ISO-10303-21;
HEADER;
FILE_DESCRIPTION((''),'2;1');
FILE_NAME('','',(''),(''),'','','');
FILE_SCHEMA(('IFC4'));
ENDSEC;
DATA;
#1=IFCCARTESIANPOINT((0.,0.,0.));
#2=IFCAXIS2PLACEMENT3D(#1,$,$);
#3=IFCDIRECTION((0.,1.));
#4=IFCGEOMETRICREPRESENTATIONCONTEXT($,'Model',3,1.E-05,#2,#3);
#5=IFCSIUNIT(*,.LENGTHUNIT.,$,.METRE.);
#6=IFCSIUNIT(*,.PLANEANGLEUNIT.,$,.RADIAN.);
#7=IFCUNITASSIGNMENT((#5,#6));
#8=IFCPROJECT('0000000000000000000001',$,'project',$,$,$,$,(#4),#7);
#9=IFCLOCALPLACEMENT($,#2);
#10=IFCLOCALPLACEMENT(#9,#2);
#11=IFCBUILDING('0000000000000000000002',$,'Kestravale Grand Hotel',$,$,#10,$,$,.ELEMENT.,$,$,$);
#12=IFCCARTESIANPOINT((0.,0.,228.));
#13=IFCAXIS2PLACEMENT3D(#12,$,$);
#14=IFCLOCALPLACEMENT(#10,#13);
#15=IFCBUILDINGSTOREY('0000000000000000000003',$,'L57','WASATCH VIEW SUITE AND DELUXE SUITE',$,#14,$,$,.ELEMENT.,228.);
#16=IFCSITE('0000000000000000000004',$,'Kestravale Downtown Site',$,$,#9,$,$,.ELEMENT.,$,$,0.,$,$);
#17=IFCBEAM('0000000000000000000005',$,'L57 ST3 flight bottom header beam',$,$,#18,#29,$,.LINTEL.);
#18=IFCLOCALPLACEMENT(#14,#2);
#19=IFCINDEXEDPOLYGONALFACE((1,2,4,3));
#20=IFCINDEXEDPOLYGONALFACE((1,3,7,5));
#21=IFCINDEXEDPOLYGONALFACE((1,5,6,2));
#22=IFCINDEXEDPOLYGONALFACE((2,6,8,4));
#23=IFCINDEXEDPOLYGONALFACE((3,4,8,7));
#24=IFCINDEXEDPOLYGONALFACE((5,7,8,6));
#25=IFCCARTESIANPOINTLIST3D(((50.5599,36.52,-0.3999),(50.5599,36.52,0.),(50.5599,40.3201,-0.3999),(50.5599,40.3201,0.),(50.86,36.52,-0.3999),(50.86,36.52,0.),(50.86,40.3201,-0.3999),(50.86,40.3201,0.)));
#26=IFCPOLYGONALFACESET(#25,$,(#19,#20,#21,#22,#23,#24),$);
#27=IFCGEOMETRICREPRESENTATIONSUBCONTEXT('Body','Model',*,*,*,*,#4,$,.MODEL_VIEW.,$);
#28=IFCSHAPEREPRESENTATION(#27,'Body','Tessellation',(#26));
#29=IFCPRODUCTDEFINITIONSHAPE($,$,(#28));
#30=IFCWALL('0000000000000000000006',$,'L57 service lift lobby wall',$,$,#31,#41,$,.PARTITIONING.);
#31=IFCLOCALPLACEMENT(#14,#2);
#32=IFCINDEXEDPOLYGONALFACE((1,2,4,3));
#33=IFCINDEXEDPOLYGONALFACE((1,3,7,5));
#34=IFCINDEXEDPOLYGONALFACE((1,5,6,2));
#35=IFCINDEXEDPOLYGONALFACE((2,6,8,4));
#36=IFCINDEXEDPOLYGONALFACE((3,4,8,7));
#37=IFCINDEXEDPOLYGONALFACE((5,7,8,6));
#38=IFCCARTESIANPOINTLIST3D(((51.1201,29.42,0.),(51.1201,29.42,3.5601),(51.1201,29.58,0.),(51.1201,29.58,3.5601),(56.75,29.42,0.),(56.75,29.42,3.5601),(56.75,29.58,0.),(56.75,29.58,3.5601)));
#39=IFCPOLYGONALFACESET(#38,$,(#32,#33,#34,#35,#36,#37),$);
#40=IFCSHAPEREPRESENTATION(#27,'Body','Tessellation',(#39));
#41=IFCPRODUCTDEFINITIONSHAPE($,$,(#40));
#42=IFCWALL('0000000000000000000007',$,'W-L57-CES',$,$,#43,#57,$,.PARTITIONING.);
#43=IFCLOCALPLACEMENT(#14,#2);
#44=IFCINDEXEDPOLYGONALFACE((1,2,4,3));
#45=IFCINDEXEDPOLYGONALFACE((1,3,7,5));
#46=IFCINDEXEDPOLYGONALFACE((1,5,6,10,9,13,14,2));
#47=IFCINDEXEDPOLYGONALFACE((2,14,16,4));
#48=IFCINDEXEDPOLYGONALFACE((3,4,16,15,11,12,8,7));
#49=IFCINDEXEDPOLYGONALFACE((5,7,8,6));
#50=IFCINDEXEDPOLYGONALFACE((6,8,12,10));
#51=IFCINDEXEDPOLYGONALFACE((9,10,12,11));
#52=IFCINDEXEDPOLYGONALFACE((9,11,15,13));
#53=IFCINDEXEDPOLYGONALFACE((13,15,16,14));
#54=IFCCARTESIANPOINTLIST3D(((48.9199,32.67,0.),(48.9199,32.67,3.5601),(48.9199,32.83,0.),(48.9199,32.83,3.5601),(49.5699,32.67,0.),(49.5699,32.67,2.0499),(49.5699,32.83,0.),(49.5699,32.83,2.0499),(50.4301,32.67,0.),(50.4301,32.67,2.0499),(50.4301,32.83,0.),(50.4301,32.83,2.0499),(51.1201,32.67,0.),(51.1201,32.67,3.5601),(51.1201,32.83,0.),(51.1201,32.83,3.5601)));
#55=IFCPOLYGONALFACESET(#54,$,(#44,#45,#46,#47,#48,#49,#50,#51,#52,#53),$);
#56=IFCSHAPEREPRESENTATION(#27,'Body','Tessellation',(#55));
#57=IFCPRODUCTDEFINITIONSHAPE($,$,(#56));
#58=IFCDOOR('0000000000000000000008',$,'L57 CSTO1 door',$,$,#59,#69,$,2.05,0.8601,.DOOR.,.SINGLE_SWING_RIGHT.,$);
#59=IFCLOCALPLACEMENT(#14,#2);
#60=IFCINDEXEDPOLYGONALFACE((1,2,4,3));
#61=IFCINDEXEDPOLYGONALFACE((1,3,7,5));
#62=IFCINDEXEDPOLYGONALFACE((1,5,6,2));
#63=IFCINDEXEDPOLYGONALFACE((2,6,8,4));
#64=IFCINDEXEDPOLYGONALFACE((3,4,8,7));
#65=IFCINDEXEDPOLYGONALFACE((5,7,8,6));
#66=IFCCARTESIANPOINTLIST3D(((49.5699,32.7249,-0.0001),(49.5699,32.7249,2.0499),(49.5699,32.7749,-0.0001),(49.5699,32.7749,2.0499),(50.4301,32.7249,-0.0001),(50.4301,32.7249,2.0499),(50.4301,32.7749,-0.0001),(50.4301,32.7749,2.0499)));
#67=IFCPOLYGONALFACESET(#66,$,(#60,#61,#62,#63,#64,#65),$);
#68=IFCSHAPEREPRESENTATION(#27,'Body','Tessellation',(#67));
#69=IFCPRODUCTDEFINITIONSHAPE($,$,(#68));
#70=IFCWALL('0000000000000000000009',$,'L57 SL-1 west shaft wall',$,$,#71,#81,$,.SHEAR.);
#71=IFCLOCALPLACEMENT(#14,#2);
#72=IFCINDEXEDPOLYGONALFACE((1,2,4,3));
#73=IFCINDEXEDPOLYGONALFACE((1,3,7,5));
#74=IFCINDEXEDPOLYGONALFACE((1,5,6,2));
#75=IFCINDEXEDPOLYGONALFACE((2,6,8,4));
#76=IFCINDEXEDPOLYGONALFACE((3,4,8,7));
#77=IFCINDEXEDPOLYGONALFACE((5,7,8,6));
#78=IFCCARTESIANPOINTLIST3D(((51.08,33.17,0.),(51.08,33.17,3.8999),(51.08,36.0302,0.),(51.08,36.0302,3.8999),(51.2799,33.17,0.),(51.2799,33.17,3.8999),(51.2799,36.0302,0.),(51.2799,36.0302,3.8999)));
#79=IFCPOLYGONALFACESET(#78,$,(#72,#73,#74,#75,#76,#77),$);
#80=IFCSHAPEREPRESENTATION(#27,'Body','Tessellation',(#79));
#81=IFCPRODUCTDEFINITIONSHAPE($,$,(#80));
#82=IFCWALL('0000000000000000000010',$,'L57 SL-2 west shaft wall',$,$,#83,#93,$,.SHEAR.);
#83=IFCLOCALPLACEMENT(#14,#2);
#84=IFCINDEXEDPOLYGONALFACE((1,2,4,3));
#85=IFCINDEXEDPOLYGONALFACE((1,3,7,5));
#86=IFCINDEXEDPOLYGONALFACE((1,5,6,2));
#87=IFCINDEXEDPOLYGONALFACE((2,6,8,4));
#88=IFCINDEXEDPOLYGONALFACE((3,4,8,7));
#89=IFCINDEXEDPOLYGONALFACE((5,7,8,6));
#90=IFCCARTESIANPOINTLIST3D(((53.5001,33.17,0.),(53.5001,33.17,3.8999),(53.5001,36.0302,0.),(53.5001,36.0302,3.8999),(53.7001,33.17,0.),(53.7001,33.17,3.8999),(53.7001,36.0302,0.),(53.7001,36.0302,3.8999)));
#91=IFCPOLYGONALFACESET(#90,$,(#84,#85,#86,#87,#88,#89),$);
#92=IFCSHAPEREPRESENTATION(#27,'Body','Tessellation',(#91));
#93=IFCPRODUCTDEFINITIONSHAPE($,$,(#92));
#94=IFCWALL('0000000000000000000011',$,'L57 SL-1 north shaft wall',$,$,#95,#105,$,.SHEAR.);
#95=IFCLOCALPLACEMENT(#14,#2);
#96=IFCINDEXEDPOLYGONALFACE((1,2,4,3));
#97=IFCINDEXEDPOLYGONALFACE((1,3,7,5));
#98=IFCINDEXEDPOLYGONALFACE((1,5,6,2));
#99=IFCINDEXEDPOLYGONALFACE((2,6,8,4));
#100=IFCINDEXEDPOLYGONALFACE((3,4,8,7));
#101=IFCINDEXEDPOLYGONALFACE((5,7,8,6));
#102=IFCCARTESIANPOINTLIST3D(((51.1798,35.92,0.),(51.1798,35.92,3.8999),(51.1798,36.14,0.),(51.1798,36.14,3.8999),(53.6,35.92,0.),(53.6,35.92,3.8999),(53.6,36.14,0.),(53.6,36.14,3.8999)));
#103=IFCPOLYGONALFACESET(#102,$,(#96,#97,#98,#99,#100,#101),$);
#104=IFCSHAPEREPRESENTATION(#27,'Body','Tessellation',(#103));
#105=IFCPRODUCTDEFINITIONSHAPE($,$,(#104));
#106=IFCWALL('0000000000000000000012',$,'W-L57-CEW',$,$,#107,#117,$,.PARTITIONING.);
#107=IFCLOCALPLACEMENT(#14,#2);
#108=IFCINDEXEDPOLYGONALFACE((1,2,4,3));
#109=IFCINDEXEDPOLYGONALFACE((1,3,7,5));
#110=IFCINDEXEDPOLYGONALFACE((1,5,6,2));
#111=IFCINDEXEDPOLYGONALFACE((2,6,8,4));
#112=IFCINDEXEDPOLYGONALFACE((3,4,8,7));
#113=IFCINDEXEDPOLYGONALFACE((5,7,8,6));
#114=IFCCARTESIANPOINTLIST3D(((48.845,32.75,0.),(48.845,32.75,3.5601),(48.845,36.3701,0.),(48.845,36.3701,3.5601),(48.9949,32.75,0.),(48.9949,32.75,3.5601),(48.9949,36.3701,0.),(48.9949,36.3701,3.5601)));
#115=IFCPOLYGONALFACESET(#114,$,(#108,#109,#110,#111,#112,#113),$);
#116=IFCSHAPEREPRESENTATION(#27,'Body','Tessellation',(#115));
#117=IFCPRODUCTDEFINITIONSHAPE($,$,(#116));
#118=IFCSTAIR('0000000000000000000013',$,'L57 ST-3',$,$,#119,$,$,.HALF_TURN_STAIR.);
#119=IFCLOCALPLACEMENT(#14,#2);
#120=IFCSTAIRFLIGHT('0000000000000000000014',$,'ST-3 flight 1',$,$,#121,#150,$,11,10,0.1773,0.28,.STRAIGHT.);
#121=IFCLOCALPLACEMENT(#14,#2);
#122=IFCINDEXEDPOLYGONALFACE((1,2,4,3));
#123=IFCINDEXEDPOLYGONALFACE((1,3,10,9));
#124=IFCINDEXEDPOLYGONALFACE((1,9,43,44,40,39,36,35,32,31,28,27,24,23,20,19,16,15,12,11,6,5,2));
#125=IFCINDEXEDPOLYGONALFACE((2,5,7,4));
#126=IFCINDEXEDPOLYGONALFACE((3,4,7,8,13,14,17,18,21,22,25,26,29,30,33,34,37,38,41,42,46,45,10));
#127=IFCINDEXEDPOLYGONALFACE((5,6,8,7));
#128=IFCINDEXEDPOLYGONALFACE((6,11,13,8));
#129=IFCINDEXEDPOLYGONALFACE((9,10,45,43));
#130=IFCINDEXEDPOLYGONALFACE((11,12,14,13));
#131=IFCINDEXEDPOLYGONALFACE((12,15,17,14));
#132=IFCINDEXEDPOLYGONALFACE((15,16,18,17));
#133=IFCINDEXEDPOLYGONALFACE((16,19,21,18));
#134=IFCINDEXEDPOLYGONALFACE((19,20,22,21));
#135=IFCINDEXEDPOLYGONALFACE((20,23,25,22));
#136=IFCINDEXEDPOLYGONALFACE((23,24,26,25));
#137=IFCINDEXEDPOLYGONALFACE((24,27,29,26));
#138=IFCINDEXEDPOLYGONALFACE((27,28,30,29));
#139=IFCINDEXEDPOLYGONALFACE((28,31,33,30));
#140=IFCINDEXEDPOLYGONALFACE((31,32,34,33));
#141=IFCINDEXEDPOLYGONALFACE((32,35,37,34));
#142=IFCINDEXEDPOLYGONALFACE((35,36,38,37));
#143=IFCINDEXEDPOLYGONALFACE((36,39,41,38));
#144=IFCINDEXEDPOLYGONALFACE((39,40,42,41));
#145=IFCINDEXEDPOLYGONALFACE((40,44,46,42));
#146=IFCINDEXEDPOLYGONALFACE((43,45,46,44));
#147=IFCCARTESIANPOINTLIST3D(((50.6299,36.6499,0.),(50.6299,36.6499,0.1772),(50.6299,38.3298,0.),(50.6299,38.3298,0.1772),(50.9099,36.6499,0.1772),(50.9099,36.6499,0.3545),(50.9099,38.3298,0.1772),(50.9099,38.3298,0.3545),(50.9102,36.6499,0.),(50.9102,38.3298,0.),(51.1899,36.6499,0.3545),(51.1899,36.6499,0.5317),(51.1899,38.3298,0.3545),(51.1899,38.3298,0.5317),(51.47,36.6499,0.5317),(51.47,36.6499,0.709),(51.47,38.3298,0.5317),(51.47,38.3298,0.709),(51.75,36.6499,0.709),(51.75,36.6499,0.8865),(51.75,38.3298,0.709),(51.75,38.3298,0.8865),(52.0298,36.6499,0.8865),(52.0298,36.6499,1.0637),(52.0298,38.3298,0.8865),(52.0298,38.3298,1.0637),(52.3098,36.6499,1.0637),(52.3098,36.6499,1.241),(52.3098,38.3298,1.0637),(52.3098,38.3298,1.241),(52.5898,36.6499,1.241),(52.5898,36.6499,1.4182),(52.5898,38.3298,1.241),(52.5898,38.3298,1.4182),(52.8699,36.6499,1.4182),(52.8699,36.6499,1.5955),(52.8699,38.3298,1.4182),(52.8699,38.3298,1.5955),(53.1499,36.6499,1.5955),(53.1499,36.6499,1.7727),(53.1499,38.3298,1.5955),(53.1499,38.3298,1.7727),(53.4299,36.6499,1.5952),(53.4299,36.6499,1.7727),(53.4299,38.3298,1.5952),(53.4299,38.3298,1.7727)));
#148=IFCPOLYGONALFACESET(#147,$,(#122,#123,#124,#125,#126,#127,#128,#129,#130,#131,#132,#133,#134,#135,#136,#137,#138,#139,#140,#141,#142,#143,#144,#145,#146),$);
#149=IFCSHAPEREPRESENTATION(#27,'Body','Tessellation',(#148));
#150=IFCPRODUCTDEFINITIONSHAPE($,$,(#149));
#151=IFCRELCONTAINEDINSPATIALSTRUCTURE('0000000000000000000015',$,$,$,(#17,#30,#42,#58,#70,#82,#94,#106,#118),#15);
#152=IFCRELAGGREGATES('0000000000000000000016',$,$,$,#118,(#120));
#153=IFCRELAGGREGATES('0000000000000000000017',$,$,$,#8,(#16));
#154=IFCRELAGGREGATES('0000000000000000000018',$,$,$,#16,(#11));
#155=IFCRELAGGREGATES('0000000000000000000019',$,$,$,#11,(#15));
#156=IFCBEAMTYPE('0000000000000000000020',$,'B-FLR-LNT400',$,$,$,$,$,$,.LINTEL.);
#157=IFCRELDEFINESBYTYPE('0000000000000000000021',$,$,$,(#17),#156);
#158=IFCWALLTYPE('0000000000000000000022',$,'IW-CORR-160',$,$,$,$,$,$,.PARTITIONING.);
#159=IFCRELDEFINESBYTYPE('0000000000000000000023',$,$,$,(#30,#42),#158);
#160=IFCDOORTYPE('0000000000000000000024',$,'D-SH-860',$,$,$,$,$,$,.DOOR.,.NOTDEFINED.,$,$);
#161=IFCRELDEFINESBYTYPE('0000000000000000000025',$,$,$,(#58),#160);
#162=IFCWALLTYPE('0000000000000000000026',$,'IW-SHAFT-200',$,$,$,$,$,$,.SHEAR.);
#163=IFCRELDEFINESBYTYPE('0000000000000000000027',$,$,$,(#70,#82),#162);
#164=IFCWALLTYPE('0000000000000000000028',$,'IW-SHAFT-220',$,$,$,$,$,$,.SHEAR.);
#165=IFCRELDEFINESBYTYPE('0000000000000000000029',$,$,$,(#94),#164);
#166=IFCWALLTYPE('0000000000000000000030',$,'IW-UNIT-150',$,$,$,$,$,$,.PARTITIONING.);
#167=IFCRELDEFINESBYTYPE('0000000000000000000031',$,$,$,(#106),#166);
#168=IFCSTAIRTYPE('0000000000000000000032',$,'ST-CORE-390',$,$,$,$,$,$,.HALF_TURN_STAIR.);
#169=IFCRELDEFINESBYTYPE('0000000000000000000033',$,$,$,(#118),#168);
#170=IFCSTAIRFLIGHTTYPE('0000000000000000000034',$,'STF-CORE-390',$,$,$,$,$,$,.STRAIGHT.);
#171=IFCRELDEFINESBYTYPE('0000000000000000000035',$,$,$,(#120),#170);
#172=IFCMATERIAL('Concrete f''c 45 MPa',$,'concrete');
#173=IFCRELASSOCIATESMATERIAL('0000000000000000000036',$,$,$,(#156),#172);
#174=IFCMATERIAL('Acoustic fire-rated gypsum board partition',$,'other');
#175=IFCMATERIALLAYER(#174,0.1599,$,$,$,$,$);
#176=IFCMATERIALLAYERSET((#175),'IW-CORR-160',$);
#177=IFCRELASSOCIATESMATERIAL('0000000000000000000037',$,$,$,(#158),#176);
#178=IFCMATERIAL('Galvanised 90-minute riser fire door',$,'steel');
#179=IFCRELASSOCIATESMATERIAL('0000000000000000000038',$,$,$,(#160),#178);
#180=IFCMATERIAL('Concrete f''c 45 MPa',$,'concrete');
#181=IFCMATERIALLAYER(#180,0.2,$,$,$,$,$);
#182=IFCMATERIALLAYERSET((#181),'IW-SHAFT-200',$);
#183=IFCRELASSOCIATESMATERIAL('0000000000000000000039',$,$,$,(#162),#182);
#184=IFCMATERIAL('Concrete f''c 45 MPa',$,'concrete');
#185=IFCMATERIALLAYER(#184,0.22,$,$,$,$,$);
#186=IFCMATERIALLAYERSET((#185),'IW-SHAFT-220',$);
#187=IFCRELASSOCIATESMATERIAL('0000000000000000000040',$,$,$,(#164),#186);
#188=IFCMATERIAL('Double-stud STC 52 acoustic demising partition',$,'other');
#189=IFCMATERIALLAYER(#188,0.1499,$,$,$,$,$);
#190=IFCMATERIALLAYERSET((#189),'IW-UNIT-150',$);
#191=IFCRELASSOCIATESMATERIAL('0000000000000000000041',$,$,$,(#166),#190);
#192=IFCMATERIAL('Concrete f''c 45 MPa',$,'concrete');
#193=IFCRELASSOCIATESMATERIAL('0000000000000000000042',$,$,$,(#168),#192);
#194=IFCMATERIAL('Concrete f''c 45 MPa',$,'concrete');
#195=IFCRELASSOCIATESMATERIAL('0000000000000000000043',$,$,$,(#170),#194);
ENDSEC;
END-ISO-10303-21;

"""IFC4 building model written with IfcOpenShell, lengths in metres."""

from ifc_helpers import new_model, si_unit, direction, frame, frame_2d, origin, origin_2d, place, context, subcontext, project, spatial, polyline, rectangle, outline, extrude, material, layer, layer_set, material_profile, profile_set, type_object, element, fill, aggregate, save


model = new_model("IFC4")

# Units and contexts
model_context = context("Model", 3, precision=1e-05, world=origin(), true_north=direction((0.0, 1.0)))
body_context = subcontext(model_context, "Body", "Model", "MODEL_VIEW")
ifc_project = project(units=[si_unit("LENGTHUNIT", "METRE"), si_unit("PLANEANGLEUNIT", "RADIAN")], contexts=[model_context])

# Site, building, storey
site_placement = place(None, origin())
site = spatial("IfcSite", under=ifc_project, at=site_placement, Name="Kestravale Downtown Site", CompositionType="ELEMENT", RefElevation=0.0)
building_placement = place(site_placement, origin())
building = spatial("IfcBuilding", under=site, at=building_placement, Name="Kestravale Grand Hotel", CompositionType="ELEMENT")
storey_placement = place(building_placement, frame((0.0, 0.0, 228.0)))
storey = spatial("IfcBuildingStorey", under=building, at=storey_placement, Name="L57", Description="WASATCH VIEW SUITE AND DELUXE SUITE", CompositionType="ELEMENT", Elevation=228.0)

# Beam
ifc_material_1 = material(Name="Concrete f'c 45 MPa", Category="concrete")
ifc_material_profile = material_profile(ifc_material_1, rectangle(XDim=0.3, YDim=0.3999, at=origin_2d()))
ifc_profile_set = profile_set([ifc_material_profile], Name="Concrete f'c 45 MPa")
beam_type = type_object("IfcBeamType", Name="B-FLR-LNT400", PredefinedType="LINTEL", material=ifc_profile_set)
beam_placement = place(storey_placement, frame((50.71, 36.52, -0.2), z_axis=(0.0, 1.0, 0.0), x_axis=(-1.0, 0.0, 0.0)))
element("IfcBeam", 1, at=beam_placement, inside=storey, type_object=beam_type, Name="L57 ST3 flight bottom header beam", PredefinedType="LINTEL", context=body_context, shape_type="SweptSolid", body=[
    extrude(rectangle(XDim=0.3, YDim=0.3999, at=origin_2d()), origin(), (0.0, 0.0, 1.0), 3.8),
])

# Shared definitions
ifc_material_2 = material(Name="Acoustic fire-rated gypsum board partition", Category="other")
ifc_layer_1 = layer(ifc_material_2, 0.1599)
ifc_layer_set_1 = layer_set([ifc_layer_1], Name="IW-CORR-160")
wall_type_1 = type_object("IfcWallType", Name="IW-CORR-160", PredefinedType="PARTITIONING", material=ifc_layer_set_1)

# Wall
wall_1_placement = place(storey_placement, frame((51.1201, 29.5, 0.0), z_axis=(0.0, 0.0, 1.0), x_axis=(1.0, 0.0, 0.0)))
element("IfcWall", 2, at=wall_1_placement, inside=storey, type_object=wall_type_1, Name="L57 service lift lobby wall", PredefinedType="PARTITIONING", context=body_context, shape_type="SweptSolid", body=[
    extrude(rectangle(XDim=5.6299, YDim=0.1599, at=frame_2d((2.8149, 0.0))), origin(), (0.0, 0.0, 1.0), 3.5601),
])

# Wall, opening, door
wall_2_placement = place(storey_placement, frame((48.9199, 32.75, 0.0), z_axis=(0.0, 0.0, 1.0), x_axis=(1.0, 0.0, 0.0)))
wall_2 = element("IfcWall", 3, at=wall_2_placement, inside=storey, type_object=wall_type_1, Name="W-L57-CES", PredefinedType="PARTITIONING", context=body_context, shape_type="SweptSolid", body=[
    extrude(rectangle(XDim=2.2002, YDim=0.1599, at=frame_2d((1.1001, 0.0))), origin(), (0.0, 0.0, 1.0), 3.5601),
])
opening_1_placement = place(wall_2_placement, frame((0.6499, 0.0, 0.0)))
opening_1 = element("IfcOpeningElement", 4, at=opening_1_placement, cuts=wall_2, PredefinedType="OPENING", context=body_context, shape_type="SweptSolid", body=[
    extrude(rectangle(XDim=0.8601, YDim=2.05, at=frame_2d((0.4302, 1.0249))), frame((0.0, 0.0898, 0.0), z_axis=(0.0, -1.0, 0.0), x_axis=(1.0, 0.0, 0.0)), (0.0, 0.0, 1.0), 0.1799),
])
ifc_material_3 = material(Name="Galvanised 90-minute riser fire door", Category="steel")
door_type_1 = type_object("IfcDoorType", Name="D-SH-860", OperationType="NOTDEFINED", PredefinedType="DOOR", material=ifc_material_3)
door_1_placement = place(opening_1_placement, origin())
door_1 = element("IfcDoor", 5, at=door_1_placement, inside=storey, type_object=door_type_1, Name="L57 CSTO1 door", OperationType="SINGLE_SWING_RIGHT", OverallHeight=2.05, OverallWidth=0.8601, PredefinedType="DOOR", context=body_context, shape_type="SweptSolid", body=[
    extrude(rectangle(XDim=0.8601, YDim=2.05, at=frame_2d((0.4302, 1.0249))), frame((0.0, 0.0249, 0.0), z_axis=(0.0, -1.0, 0.0), x_axis=(1.0, 0.0, 0.0)), (0.0, 0.0, 1.0), 0.05),
])
fill(opening_1, door_1)

# Walls
ifc_material_4 = material(Name="Concrete f'c 45 MPa", Category="concrete")
ifc_layer_2 = layer(ifc_material_4, 0.2)
ifc_layer_set_2 = layer_set([ifc_layer_2], Name="IW-SHAFT-200")
wall_type_2 = type_object("IfcWallType", Name="IW-SHAFT-200", PredefinedType="SHEAR", material=ifc_layer_set_2)
for number, where, z_axis, x_axis, name in (
    (6, (51.1799, 33.1699, 0.0), (0.0, 0.0, 1.0), (0.0, 1.0, 0.0), "L57 SL-1 west shaft wall"),
    (7, (53.6001, 33.1699, 0.0), (0.0, 0.0, 1.0), (0.0, 1.0, 0.0), "L57 SL-2 west shaft wall"),
):
    element("IfcWall", number, at=place(storey_placement, frame(where, z_axis=z_axis, x_axis=x_axis)), inside=storey, type_object=wall_type_2, Name=name, PredefinedType="SHEAR", context=body_context, shape_type="SweptSolid", body=[
        extrude(rectangle(XDim=2.8601, YDim=0.2, at=frame_2d((1.4302, 0.0))), origin(), (0.0, 0.0, 1.0), 3.8999),
    ])

# Shared definitions
ifc_material_5 = material(Name="Concrete f'c 45 MPa", Category="concrete")
ifc_layer_3 = layer(ifc_material_5, 0.22)
ifc_layer_set_3 = layer_set([ifc_layer_3], Name="IW-SHAFT-220")
wall_type_3 = type_object("IfcWallType", Name="IW-SHAFT-220", PredefinedType="SHEAR", material=ifc_layer_set_3)

# Wall
wall_3_placement = place(storey_placement, frame((51.1799, 36.03, 0.0), z_axis=(0.0, 0.0, 1.0), x_axis=(1.0, 0.0, 0.0)))
element("IfcWall", 8, at=wall_3_placement, inside=storey, type_object=wall_type_3, Name="L57 SL-1 north shaft wall", PredefinedType="SHEAR", context=body_context, shape_type="SweptSolid", body=[
    extrude(rectangle(XDim=2.4202, YDim=0.22, at=frame_2d((1.21, 0.0))), origin(), (0.0, 0.0, 1.0), 3.8999),
])

# Wall
ifc_material_6 = material(Name="Double-stud STC 52 acoustic demising partition", Category="other")
ifc_layer_4 = layer(ifc_material_6, 0.1499)
ifc_layer_set_4 = layer_set([ifc_layer_4], Name="IW-UNIT-150")
wall_type_4 = type_object("IfcWallType", Name="IW-UNIT-150", PredefinedType="PARTITIONING", material=ifc_layer_set_4)
wall_4_placement = place(storey_placement, frame((48.9199, 32.75, 0.0), z_axis=(0.0, 0.0, 1.0), x_axis=(0.0, 1.0, 0.0)))
element("IfcWall", 9, at=wall_4_placement, inside=storey, type_object=wall_type_4, Name="W-L57-CEW", PredefinedType="PARTITIONING", context=body_context, shape_type="SweptSolid", body=[
    extrude(rectangle(XDim=3.6201, YDim=0.1499, at=frame_2d((1.8101, 0.0))), origin(), (0.0, 0.0, 1.0), 3.5601),
])

# Stair, stair flight
ifc_material_7 = material(Name="Concrete f'c 45 MPa", Category="concrete")
stair_type = type_object("IfcStairType", Name="ST-CORE-390", PredefinedType="HALF_TURN_STAIR", material=ifc_material_7)
stair_placement = place(storey_placement, origin())
stair = element("IfcStair", 10, at=stair_placement, inside=storey, type_object=stair_type, Name="L57 ST-3", PredefinedType="HALF_TURN_STAIR")
ifc_material_8 = material(Name="Concrete f'c 45 MPa", Category="concrete")
stair_flight_type = type_object("IfcStairFlightType", Name="STF-CORE-390", PredefinedType="STRAIGHT", material=ifc_material_8)
stair_flight_1_placement = place(storey_placement, frame((50.6299, 37.49, 0.0), z_axis=(0.0, 0.0, 1.0), x_axis=(1.0, 0.0, 0.0)))
stair_flight_1 = element("IfcStairFlight", 11, at=stair_flight_1_placement, type_object=stair_flight_type, Name="ST-3 flight 1", NumberOfRisers=11, NumberOfTreads=10, PredefinedType="STRAIGHT", RiserHeight=0.1773, TreadLength=0.28, context=body_context, shape_type="SweptSolid", body=[
    extrude(outline(polyline([(0.0, 0.0), (0.0, 0.1772), (0.28, 0.1772), (0.28, 0.3545), (0.5601, 0.3545), (0.5601, 0.5317), (0.8401, 0.5317), (0.8401, 0.709), (1.1201, 0.709), (1.1201, 0.8865), (1.3999, 0.8865), (1.3999, 1.0637), (1.6799, 1.0637), (1.6799, 1.241), (1.96, 1.241), (1.96, 1.4182), (2.24, 1.4182), (2.24, 1.5955), (2.52, 1.5955), (2.52, 1.7727), (2.8, 1.7727), (2.8, 1.95), (2.8, 1.5952), (0.2803, 0.0), (0.0, 0.0)])), frame((0.0, 0.8398, 0.0), z_axis=(0.0, -1.0, 0.0), x_axis=(1.0, 0.0, 0.0)), (0.0, 0.0, 1.0), 1.6799),
])
aggregate(stair, [stair_flight_1])

save(model, "model.ifc")
